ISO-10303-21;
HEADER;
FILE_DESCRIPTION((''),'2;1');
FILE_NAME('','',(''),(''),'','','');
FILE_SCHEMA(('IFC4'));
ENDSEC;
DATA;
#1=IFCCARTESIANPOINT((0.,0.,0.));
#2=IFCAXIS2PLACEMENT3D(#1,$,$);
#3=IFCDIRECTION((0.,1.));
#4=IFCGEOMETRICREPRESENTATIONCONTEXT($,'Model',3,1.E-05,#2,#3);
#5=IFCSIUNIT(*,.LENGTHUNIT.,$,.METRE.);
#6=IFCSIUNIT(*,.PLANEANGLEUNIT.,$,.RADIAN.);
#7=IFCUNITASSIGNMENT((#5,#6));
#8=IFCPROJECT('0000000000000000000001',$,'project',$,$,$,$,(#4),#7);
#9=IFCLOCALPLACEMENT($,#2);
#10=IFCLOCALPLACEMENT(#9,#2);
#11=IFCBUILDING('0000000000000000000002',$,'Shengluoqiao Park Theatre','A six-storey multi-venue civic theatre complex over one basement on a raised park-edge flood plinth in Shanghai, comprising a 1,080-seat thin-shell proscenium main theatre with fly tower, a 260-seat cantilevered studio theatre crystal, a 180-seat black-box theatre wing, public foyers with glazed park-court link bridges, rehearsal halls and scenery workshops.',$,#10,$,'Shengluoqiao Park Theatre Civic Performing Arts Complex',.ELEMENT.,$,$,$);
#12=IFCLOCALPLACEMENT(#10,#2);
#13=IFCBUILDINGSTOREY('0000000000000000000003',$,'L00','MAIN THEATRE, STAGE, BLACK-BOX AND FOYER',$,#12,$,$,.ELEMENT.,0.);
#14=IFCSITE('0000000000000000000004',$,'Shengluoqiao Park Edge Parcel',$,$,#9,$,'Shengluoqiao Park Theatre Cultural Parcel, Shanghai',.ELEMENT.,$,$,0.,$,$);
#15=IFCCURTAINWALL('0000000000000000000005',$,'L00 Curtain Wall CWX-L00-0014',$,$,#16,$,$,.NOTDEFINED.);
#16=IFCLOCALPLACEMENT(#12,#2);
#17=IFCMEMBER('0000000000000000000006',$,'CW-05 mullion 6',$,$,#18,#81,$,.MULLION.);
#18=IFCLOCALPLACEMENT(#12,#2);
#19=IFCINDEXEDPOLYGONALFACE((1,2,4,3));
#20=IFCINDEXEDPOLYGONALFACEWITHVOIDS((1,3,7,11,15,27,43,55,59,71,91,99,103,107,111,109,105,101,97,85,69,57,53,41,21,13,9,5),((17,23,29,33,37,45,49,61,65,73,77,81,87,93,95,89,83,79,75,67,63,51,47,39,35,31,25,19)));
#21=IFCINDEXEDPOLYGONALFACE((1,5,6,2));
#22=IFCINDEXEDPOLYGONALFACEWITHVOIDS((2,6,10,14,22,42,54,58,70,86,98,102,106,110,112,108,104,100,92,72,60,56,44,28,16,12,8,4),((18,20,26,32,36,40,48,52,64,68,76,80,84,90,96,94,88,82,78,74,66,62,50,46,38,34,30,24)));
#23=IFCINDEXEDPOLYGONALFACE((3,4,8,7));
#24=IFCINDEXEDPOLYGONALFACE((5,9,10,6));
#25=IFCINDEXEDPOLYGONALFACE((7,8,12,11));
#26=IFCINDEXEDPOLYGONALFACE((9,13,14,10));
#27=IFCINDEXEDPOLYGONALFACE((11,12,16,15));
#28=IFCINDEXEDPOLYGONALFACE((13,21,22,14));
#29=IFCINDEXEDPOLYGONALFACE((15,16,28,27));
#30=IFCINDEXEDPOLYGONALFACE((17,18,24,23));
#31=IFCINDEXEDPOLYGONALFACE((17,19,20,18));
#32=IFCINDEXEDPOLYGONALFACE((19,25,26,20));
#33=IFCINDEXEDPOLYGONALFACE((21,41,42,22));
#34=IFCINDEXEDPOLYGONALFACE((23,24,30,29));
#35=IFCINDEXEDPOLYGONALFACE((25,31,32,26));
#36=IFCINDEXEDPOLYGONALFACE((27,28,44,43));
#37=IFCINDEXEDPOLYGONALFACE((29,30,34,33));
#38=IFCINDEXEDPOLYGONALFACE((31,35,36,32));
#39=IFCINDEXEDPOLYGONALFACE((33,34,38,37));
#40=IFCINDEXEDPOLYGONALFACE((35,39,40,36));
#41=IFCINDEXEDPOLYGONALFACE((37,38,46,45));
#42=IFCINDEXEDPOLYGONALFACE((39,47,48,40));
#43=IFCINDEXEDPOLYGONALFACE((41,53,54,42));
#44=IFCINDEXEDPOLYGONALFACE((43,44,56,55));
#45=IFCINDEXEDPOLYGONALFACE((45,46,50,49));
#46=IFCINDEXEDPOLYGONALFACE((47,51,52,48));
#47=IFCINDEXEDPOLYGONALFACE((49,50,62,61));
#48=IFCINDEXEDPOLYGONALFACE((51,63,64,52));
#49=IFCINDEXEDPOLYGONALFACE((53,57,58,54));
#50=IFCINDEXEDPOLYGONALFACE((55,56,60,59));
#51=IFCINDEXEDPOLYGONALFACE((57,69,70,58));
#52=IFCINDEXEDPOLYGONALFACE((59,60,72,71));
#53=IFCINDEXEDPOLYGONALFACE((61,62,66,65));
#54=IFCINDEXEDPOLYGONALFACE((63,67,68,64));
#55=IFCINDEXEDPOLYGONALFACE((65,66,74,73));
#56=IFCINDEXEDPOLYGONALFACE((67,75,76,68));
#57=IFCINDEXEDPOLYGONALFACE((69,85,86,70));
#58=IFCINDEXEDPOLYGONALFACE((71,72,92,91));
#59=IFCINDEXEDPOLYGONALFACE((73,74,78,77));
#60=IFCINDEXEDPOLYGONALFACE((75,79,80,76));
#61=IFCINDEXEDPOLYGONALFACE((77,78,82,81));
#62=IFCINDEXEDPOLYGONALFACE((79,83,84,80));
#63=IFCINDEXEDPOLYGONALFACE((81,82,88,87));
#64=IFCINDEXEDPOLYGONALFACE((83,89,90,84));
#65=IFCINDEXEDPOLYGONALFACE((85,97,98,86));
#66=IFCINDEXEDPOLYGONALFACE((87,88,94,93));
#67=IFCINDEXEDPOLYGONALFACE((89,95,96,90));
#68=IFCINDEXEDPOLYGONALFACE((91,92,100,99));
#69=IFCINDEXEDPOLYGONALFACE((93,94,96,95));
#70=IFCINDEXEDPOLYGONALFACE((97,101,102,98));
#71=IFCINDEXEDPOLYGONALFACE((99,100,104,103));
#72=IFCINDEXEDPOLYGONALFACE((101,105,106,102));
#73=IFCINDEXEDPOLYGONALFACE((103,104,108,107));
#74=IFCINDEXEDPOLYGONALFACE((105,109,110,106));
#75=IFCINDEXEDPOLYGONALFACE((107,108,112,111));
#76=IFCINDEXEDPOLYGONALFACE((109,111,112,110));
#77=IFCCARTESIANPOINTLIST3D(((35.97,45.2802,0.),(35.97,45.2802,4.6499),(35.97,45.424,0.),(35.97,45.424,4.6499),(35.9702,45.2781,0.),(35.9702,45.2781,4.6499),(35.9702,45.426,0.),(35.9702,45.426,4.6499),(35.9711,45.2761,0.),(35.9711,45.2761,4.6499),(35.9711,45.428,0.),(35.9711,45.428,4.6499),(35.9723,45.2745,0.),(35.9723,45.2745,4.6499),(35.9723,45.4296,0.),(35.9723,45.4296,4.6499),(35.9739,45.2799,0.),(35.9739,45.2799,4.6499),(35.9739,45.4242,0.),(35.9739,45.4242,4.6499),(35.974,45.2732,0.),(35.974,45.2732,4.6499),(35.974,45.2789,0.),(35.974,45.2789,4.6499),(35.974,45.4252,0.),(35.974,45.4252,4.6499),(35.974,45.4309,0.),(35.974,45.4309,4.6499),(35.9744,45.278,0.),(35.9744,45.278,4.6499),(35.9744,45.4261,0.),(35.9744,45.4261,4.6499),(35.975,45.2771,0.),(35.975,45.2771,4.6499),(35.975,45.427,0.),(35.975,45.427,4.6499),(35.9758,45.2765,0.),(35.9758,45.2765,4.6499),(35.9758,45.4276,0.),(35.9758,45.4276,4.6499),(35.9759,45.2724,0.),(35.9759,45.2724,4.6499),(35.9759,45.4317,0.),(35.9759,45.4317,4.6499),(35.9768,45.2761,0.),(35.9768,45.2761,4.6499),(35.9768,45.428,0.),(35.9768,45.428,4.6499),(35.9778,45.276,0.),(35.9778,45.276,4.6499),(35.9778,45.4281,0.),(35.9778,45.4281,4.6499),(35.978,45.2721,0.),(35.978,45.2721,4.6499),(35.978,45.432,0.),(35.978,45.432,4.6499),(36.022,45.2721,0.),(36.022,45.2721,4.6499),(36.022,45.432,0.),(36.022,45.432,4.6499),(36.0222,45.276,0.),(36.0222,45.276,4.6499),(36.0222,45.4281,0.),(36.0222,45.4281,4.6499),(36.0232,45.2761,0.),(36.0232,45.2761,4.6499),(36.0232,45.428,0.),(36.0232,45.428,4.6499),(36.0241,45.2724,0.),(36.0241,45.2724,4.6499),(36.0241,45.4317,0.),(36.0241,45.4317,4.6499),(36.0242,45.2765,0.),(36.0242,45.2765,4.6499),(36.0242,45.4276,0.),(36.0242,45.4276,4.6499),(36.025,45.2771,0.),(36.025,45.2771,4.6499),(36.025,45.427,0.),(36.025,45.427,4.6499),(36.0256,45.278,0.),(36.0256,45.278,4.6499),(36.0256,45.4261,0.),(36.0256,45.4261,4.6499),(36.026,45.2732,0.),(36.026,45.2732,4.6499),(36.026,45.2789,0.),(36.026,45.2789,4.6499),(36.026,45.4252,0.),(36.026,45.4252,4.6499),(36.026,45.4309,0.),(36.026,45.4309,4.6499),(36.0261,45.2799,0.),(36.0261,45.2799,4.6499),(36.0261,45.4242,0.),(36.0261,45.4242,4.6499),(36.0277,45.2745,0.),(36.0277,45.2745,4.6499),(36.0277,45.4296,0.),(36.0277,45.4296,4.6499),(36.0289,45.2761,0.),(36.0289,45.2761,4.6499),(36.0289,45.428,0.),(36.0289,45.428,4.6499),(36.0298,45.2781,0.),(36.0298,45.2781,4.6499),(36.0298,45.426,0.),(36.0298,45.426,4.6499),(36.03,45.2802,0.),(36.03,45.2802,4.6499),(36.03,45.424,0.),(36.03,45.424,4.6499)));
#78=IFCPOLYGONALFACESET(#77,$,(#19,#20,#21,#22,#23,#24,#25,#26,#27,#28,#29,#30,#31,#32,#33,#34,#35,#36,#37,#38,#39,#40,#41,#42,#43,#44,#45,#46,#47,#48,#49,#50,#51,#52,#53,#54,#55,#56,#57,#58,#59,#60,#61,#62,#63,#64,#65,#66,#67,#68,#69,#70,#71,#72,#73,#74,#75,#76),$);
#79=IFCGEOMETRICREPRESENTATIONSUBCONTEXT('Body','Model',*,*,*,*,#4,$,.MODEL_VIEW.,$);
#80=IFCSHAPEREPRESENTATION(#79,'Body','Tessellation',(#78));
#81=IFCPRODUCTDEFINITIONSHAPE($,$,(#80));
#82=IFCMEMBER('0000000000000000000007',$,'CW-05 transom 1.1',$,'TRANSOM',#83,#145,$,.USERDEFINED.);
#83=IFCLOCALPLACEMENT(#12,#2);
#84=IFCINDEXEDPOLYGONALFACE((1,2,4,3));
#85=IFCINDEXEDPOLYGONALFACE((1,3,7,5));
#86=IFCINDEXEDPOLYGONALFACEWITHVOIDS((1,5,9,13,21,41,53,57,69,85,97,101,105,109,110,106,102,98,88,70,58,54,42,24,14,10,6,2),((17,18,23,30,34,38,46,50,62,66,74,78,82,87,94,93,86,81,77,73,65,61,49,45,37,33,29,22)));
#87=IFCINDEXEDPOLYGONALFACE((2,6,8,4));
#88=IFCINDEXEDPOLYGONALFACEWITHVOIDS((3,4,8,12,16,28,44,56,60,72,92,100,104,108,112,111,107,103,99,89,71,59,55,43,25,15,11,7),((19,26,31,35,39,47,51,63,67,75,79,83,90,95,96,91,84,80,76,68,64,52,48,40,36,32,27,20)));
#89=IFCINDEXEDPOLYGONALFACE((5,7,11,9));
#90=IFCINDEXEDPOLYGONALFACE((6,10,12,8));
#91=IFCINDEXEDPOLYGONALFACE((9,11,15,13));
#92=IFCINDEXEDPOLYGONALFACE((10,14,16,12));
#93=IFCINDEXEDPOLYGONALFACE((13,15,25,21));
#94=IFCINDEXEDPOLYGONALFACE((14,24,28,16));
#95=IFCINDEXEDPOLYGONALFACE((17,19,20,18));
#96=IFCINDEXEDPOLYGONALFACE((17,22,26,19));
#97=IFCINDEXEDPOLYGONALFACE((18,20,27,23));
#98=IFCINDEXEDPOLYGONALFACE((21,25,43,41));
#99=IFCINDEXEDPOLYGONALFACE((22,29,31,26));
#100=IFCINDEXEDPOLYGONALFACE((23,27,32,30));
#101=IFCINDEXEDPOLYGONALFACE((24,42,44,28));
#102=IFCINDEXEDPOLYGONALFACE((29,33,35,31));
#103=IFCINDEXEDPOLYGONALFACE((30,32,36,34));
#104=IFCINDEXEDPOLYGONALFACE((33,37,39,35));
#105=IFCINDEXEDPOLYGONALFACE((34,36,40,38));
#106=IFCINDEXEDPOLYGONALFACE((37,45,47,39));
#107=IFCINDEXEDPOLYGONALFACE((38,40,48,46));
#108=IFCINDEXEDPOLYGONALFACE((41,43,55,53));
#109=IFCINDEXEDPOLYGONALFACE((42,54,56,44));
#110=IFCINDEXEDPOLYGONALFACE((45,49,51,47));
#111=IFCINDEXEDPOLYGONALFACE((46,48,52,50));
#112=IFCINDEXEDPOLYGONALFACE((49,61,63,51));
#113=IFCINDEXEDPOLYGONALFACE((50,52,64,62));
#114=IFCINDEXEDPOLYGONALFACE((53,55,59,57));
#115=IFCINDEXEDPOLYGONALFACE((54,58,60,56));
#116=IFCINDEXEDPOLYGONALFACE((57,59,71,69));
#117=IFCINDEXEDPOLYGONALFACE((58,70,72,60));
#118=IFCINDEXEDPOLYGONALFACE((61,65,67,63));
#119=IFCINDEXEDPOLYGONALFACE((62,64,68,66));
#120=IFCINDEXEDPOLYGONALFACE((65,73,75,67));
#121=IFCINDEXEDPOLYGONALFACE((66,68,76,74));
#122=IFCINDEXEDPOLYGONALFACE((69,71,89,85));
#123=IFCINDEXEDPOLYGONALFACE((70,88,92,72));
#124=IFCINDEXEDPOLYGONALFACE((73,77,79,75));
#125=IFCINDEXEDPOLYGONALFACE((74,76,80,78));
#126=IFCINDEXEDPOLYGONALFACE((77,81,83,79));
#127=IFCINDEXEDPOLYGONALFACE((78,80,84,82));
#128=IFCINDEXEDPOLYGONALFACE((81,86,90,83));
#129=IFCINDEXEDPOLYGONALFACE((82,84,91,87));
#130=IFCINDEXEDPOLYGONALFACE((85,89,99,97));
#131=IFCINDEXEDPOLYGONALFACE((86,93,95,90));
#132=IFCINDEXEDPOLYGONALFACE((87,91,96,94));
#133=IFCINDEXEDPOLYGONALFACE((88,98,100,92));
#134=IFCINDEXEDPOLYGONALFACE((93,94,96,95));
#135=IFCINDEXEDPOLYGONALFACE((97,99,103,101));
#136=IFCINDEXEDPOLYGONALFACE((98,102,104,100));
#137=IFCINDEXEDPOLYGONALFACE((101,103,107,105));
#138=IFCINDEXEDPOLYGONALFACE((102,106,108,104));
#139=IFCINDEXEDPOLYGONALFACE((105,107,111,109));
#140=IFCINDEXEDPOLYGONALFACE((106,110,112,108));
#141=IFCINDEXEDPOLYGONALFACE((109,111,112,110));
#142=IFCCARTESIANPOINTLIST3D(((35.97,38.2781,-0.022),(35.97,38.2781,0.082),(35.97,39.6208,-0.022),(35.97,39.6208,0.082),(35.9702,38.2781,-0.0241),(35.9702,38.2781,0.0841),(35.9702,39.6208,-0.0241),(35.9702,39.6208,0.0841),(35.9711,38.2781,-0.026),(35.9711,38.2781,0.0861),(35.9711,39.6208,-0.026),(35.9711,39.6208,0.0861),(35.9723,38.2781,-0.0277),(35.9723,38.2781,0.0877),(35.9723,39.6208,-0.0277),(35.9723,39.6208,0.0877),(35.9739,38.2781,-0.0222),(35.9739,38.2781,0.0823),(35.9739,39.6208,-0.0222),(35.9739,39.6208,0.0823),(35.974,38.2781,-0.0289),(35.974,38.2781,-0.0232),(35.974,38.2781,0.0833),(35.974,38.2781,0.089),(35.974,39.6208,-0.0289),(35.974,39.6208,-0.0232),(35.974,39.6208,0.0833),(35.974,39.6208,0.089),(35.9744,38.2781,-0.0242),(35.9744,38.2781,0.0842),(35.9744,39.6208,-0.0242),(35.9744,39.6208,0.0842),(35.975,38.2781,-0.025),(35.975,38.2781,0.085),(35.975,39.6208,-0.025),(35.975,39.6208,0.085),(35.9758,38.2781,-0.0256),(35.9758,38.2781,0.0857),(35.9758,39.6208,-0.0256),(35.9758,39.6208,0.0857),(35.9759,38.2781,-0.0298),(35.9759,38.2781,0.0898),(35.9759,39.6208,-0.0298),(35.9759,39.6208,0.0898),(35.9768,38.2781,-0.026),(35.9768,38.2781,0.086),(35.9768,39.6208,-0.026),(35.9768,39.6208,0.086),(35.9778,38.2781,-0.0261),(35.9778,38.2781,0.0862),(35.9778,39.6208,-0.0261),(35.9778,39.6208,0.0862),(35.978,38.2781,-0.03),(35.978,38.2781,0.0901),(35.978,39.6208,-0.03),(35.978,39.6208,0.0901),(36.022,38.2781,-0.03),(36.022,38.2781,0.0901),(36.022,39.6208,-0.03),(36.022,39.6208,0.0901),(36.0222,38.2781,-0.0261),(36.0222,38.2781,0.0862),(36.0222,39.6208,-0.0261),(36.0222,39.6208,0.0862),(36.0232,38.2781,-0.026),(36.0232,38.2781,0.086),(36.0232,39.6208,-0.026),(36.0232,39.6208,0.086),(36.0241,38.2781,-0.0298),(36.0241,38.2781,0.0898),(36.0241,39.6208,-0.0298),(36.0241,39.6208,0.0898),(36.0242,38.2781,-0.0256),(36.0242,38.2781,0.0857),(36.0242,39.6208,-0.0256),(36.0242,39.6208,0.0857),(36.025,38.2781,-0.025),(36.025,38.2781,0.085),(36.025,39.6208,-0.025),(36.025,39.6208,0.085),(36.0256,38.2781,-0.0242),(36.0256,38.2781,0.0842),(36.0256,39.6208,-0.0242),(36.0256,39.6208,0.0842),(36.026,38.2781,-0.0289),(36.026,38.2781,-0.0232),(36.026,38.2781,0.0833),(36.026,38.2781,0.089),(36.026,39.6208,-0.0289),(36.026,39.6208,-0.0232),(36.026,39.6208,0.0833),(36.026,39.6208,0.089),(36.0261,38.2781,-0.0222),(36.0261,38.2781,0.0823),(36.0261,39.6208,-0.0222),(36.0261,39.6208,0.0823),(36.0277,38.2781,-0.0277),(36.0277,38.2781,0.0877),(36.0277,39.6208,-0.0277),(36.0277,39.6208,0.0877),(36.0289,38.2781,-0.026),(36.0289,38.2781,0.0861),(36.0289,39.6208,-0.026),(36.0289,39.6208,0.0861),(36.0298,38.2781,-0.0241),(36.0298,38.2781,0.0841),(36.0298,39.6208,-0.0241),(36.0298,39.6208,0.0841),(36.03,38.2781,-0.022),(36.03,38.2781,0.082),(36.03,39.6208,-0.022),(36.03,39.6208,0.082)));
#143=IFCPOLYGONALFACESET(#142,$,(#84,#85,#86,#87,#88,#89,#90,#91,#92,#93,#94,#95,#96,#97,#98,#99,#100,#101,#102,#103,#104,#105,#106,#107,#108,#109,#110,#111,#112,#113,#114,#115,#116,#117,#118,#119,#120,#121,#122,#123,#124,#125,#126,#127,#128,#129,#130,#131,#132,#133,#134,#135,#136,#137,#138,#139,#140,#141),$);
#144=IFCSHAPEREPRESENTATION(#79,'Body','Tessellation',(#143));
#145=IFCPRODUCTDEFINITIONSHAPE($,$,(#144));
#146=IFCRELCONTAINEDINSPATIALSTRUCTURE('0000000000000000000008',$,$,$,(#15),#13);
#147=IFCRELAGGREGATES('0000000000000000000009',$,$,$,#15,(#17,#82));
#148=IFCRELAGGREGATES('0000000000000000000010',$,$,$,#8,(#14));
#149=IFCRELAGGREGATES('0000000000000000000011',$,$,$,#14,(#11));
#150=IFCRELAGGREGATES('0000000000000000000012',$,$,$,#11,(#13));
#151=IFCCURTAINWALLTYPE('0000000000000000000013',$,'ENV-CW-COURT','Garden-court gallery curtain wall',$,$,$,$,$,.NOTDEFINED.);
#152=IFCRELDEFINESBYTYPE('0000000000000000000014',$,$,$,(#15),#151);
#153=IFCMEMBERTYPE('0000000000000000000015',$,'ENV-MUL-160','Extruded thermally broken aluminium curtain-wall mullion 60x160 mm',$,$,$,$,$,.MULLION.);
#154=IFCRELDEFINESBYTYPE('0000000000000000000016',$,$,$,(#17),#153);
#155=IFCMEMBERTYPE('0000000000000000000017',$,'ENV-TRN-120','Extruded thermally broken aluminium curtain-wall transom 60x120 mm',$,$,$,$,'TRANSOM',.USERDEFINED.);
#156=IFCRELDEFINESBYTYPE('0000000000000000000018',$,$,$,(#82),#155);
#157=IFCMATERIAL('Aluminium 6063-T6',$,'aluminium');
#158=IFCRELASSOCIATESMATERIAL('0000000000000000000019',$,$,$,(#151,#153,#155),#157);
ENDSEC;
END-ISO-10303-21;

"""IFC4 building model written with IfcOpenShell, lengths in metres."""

from ifc_helpers import new_model, si_unit, direction, frame, origin, origin_2d, place, context, subcontext, project, spatial, hollow_rectangle, extrude, material, material_profile, profile_set, type_object, element, aggregate, save


model = new_model("IFC4")

# Units and contexts
model_context = context("Model", 3, precision=1e-05, world=origin(), true_north=direction((0.0, 1.0)))
body_context = subcontext(model_context, "Body", "Model", "MODEL_VIEW")
ifc_project = project(units=[si_unit("LENGTHUNIT", "METRE"), si_unit("PLANEANGLEUNIT", "RADIAN")], contexts=[model_context])

# Site, building, storey
site_placement = place(None, origin())
site = spatial("IfcSite", under=ifc_project, at=site_placement, Name="Shengluoqiao Park Edge Parcel", LongName="Shengluoqiao Park Theatre Cultural Parcel, Shanghai", CompositionType="ELEMENT", RefElevation=0.0)
building_placement = place(site_placement, origin())
building = spatial("IfcBuilding", under=site, at=building_placement, Name="Shengluoqiao Park Theatre", Description="A six-storey multi-venue civic theatre complex over one basement on a raised park-edge flood plinth in Shanghai, comprising a 1,080-seat thin-shell proscenium main theatre with fly tower, a 260-seat cantilevered studio theatre crystal, a 180-seat black-box theatre wing, public foyers with glazed park-court link bridges, rehearsal halls and scenery workshops.", LongName="Shengluoqiao Park Theatre Civic Performing Arts Complex", CompositionType="ELEMENT")
storey_placement = place(building_placement, origin())
storey = spatial("IfcBuildingStorey", under=building, at=storey_placement, Name="L00", Description="MAIN THEATRE, STAGE, BLACK-BOX AND FOYER", CompositionType="ELEMENT", Elevation=0.0)

# Curtain wall, members
ifc_material_1 = material(Name="Aluminium 6063-T6", Category="aluminium")
curtain_wall_type = type_object("IfcCurtainWallType", Name="ENV-CW-COURT", Description="Garden-court gallery curtain wall", PredefinedType="NOTDEFINED", material=ifc_material_1)
curtain_wall_placement = place(storey_placement, origin())
curtain_wall = element("IfcCurtainWall", 1, at=curtain_wall_placement, inside=storey, type_object=curtain_wall_type, Name="L00 Curtain Wall CWX-L00-0014", PredefinedType="NOTDEFINED")
ifc_material_profile_1 = material_profile(ifc_material_1, hollow_rectangle(XDim=0.0601, YDim=0.1599, WallThickness=0.0039, InnerFilletRadius=0.0039, OuterFilletRadius=0.0081, at=origin_2d()), Name="ALU MULLION 160x60x4")
ifc_profile_set_1 = profile_set([ifc_material_profile_1], Name="Aluminium 6063-T6")
member_type_1 = type_object("IfcMemberType", Name="ENV-MUL-160", Description="Extruded thermally broken aluminium curtain-wall mullion 60x160 mm", PredefinedType="MULLION", material=ifc_profile_set_1)
member_1_placement = place(storey_placement, frame((36.0, 45.3521, 0.0), z_axis=(0.0, 0.0, 1.0), x_axis=(-1.0, 0.0, 0.0)))
member_1 = element("IfcMember", 2, at=member_1_placement, type_object=member_type_1, Name="CW-05 mullion 6", PredefinedType="MULLION", context=body_context, shape_type="SweptSolid", body=[
    extrude(hollow_rectangle(XDim=0.0601, YDim=0.1599, WallThickness=0.0039, InnerFilletRadius=0.0039, OuterFilletRadius=0.0081, at=origin_2d()), origin(), (0.0, 0.0, 1.0), 4.6499),
])
ifc_material_profile_2 = material_profile(ifc_material_1, hollow_rectangle(XDim=0.0601, YDim=0.1201, WallThickness=0.0039, InnerFilletRadius=0.0039, OuterFilletRadius=0.0081, at=origin_2d()), Name="ALU TRANSOM 120x60x4")
ifc_profile_set_2 = profile_set([ifc_material_profile_2], Name="Aluminium 6063-T6")
member_type_2 = type_object("IfcMemberType", Name="ENV-TRN-120", Description="Extruded thermally broken aluminium curtain-wall transom 60x120 mm", ElementType="TRANSOM", PredefinedType="USERDEFINED", material=ifc_profile_set_2)
member_2_placement = place(storey_placement, frame((36.0, 38.2781, 0.03), z_axis=(0.0, 1.0, 0.0), x_axis=(-1.0, 0.0, 0.0)))
member_2 = element("IfcMember", 3, at=member_2_placement, type_object=member_type_2, Name="CW-05 transom 1.1", ObjectType="TRANSOM", PredefinedType="USERDEFINED", context=body_context, shape_type="SweptSolid", body=[
    extrude(hollow_rectangle(XDim=0.0601, YDim=0.1201, WallThickness=0.0039, InnerFilletRadius=0.0039, OuterFilletRadius=0.0081, at=origin_2d()), origin(), (0.0, 0.0, 1.0), 1.3428),
])
aggregate(curtain_wall, [member_1, member_2])

save(model, "model.ifc")
